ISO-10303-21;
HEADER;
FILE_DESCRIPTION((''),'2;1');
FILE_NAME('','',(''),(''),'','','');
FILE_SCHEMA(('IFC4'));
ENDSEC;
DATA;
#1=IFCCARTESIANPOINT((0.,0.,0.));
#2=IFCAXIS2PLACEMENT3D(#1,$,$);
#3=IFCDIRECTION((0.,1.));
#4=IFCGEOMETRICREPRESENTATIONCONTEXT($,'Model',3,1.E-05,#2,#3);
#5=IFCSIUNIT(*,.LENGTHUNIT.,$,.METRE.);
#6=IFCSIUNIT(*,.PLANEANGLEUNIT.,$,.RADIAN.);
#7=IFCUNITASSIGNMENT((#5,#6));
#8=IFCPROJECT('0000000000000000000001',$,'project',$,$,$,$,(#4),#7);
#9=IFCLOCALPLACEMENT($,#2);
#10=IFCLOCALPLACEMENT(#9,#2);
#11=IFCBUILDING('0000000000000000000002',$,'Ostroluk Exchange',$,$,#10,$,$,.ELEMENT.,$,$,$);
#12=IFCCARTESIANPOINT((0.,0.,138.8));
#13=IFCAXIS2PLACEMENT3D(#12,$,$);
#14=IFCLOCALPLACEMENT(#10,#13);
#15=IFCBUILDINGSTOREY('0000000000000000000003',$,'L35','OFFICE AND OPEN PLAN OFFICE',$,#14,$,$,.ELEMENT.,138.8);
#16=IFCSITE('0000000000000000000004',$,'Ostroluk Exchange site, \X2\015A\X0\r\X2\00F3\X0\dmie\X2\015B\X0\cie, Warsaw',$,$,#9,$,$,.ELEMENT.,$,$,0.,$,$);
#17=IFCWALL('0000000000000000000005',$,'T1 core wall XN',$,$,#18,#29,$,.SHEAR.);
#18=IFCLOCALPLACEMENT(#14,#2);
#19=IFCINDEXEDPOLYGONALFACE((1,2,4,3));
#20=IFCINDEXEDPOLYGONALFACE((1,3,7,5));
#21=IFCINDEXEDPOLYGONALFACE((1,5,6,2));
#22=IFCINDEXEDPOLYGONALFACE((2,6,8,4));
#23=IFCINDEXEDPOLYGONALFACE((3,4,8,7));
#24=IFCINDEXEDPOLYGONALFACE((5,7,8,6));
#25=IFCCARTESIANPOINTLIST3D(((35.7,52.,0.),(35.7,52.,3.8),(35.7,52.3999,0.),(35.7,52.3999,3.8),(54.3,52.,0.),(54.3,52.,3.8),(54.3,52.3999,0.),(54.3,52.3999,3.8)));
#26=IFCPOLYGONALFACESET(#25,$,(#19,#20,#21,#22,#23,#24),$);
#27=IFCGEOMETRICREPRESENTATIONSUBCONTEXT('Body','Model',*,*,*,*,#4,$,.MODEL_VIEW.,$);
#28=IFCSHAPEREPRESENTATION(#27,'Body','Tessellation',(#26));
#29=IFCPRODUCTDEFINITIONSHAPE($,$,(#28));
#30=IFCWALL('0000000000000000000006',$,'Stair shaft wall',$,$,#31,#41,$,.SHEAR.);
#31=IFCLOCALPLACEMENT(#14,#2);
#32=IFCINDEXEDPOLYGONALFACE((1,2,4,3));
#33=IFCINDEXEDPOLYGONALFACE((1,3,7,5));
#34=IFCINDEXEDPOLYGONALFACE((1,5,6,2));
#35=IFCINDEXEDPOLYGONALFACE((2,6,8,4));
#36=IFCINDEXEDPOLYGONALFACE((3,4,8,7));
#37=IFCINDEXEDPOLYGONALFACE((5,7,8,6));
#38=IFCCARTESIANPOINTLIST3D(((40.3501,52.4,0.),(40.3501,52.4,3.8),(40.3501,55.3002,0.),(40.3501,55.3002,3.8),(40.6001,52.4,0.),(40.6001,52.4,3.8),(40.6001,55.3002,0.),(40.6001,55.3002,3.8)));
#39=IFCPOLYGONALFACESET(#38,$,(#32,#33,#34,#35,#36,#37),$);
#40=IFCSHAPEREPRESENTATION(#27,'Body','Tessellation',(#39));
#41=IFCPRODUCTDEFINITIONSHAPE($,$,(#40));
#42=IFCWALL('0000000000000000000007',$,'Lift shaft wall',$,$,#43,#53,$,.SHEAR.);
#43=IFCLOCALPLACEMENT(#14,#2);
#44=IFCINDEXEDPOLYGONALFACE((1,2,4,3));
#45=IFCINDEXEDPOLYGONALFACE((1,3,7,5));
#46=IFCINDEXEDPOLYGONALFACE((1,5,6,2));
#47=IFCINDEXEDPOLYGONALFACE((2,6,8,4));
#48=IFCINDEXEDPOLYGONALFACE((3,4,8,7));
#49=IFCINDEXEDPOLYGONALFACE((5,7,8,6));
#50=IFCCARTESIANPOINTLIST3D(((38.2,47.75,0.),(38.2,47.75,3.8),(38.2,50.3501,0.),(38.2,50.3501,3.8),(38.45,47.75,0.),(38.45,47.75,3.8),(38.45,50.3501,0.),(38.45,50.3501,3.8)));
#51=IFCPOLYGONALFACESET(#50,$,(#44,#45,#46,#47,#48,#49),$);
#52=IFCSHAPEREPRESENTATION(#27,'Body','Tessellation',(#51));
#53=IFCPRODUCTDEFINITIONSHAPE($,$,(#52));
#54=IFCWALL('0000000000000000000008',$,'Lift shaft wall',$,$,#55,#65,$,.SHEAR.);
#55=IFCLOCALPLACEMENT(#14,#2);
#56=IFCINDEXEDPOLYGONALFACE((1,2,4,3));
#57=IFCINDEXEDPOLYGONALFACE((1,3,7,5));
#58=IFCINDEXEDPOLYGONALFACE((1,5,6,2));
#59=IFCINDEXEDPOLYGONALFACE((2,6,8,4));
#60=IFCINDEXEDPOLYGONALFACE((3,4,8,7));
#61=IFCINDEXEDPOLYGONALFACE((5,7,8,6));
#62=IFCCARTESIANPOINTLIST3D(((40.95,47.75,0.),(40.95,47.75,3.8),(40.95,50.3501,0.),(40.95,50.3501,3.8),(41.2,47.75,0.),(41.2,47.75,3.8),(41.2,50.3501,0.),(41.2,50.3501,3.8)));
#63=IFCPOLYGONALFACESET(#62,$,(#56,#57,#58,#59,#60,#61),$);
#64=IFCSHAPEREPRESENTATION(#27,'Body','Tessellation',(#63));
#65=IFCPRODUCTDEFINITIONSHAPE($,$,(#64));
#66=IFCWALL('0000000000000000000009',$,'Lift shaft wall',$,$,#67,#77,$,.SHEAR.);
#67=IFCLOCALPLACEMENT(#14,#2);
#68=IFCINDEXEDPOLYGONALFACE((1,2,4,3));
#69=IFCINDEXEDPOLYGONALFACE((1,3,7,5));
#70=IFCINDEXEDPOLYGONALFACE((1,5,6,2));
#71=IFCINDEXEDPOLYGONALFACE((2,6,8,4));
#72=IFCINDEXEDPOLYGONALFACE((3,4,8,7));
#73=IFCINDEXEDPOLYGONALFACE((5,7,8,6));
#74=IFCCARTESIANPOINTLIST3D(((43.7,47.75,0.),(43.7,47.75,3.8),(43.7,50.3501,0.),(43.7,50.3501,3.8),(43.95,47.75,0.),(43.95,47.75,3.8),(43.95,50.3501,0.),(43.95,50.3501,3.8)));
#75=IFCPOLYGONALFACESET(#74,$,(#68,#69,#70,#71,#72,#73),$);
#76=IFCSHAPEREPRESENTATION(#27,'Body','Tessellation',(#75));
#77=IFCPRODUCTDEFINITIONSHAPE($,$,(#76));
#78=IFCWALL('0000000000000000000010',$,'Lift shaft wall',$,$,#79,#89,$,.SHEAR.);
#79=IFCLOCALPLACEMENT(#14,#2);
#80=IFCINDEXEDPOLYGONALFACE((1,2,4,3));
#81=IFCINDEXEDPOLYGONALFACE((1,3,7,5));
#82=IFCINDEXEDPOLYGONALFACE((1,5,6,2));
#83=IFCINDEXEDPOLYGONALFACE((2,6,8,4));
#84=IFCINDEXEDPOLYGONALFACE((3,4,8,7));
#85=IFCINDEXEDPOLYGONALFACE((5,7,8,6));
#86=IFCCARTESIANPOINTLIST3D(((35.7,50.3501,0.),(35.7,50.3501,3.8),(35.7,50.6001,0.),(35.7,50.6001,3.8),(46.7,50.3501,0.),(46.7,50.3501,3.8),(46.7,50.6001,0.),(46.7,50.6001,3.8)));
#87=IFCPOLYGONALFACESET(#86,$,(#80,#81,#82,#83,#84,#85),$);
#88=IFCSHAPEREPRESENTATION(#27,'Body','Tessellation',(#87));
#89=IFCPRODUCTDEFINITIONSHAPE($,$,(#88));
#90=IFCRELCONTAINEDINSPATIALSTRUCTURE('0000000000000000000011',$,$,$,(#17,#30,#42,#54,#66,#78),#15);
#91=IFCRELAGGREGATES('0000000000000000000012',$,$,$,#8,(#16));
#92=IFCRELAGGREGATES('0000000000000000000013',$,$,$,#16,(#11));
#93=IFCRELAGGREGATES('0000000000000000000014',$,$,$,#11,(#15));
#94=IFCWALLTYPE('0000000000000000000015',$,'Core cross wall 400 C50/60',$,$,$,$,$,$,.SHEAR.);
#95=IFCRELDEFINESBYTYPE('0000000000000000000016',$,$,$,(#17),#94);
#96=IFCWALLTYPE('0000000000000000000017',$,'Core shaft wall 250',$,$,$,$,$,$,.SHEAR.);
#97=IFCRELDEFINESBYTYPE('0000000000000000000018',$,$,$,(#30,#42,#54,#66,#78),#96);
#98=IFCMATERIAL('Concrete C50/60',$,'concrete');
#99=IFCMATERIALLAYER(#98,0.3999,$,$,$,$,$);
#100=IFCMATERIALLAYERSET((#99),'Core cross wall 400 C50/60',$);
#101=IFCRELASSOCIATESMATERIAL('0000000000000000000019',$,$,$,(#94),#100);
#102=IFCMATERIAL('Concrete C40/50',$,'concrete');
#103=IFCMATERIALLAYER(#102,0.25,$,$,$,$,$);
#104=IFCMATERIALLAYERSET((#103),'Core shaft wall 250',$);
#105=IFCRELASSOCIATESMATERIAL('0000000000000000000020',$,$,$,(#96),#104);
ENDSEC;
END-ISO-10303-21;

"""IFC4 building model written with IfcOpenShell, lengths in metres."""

from ifc_helpers import new_model, si_unit, direction, frame, frame_2d, origin, place, context, subcontext, project, spatial, rectangle, extrude, material, layer, layer_set, type_object, element, save


model = new_model("IFC4")

# Units and contexts
model_context = context("Model", 3, precision=1e-05, world=origin(), true_north=direction((0.0, 1.0)))
body_context = subcontext(model_context, "Body", "Model", "MODEL_VIEW")
ifc_project = project(units=[si_unit("LENGTHUNIT", "METRE"), si_unit("PLANEANGLEUNIT", "RADIAN")], contexts=[model_context])

# Site, building, storey
site_placement = place(None, origin())
site = spatial("IfcSite", under=ifc_project, at=site_placement, Name="Ostroluk Exchange site, Śródmieście, Warsaw", CompositionType="ELEMENT", RefElevation=0.0)
building_placement = place(site_placement, origin())
building = spatial("IfcBuilding", under=site, at=building_placement, Name="Ostroluk Exchange", CompositionType="ELEMENT")
storey_placement = place(building_placement, frame((0.0, 0.0, 138.8)))
storey = spatial("IfcBuildingStorey", under=building, at=storey_placement, Name="L35", Description="OFFICE AND OPEN PLAN OFFICE", CompositionType="ELEMENT", Elevation=138.8)

# Walls
ifc_material_1 = material(Name="Concrete C50/60", Category="concrete")
ifc_layer_1 = layer(ifc_material_1, 0.3999)
ifc_layer_set_1 = layer_set([ifc_layer_1], Name="Core cross wall 400 C50/60")
wall_type_1 = type_object("IfcWallType", Name="Core cross wall 400 C50/60", PredefinedType="SHEAR", material=ifc_layer_set_1)
wall_1_placement = place(storey_placement, frame((35.7, 52.2, 0.0), z_axis=(0.0, 0.0, 1.0), x_axis=(1.0, 0.0, 0.0)))
element("IfcWall", 1, at=wall_1_placement, inside=storey, type_object=wall_type_1, Name="T1 core wall XN", PredefinedType="SHEAR", context=body_context, shape_type="SweptSolid", body=[
    extrude(rectangle(XDim=18.6001, YDim=0.3999, at=frame_2d((9.3, 0.0))), origin(), (0.0, 0.0, 1.0), 3.8),
])
ifc_material_2 = material(Name="Concrete C40/50", Category="concrete")
ifc_layer_2 = layer(ifc_material_2, 0.25)
ifc_layer_set_2 = layer_set([ifc_layer_2], Name="Core shaft wall 250")
wall_type_2 = type_object("IfcWallType", Name="Core shaft wall 250", PredefinedType="SHEAR", material=ifc_layer_set_2)
wall_2_placement = place(storey_placement, frame((40.4751, 52.3999, 0.0), z_axis=(0.0, 0.0, 1.0), x_axis=(0.0, 1.0, 0.0)))
element("IfcWall", 2, at=wall_2_placement, inside=storey, type_object=wall_type_2, Name="Stair shaft wall", PredefinedType="SHEAR", context=body_context, shape_type="SweptSolid", body=[
    extrude(rectangle(XDim=2.9001, YDim=0.25, at=frame_2d((1.4502, 0.0))), origin(), (0.0, 0.0, 1.0), 3.8),
])
for number, where, z_axis, x_axis, name in (
    (3, (38.325, 47.75, 0.0), (0.0, 0.0, 1.0), (0.0, 1.0, 0.0), "Lift shaft wall"),
    (4, (41.075, 47.75, 0.0), (0.0, 0.0, 1.0), (0.0, 1.0, 0.0), "Lift shaft wall"),
    (5, (43.825, 47.75, 0.0), (0.0, 0.0, 1.0), (0.0, 1.0, 0.0), "Lift shaft wall"),
):
    element("IfcWall", number, at=place(storey_placement, frame(where, z_axis=z_axis, x_axis=x_axis)), inside=storey, type_object=wall_type_2, Name=name, PredefinedType="SHEAR", context=body_context, shape_type="SweptSolid", body=[
        extrude(rectangle(XDim=2.6001, YDim=0.25, at=frame_2d((1.3, 0.0))), origin(), (0.0, 0.0, 1.0), 3.8),
    ])
wall_3_placement = place(storey_placement, frame((35.7, 50.4751, 0.0), z_axis=(0.0, 0.0, 1.0), x_axis=(1.0, 0.0, 0.0)))
element("IfcWall", 6, at=wall_3_placement, inside=storey, type_object=wall_type_2, Name="Lift shaft wall", PredefinedType="SHEAR", context=body_context, shape_type="SweptSolid", body=[
    extrude(rectangle(XDim=11.0, YDim=0.25, at=frame_2d((5.5, 0.0))), origin(), (0.0, 0.0, 1.0), 3.8),
])

save(model, "model.ifc")
